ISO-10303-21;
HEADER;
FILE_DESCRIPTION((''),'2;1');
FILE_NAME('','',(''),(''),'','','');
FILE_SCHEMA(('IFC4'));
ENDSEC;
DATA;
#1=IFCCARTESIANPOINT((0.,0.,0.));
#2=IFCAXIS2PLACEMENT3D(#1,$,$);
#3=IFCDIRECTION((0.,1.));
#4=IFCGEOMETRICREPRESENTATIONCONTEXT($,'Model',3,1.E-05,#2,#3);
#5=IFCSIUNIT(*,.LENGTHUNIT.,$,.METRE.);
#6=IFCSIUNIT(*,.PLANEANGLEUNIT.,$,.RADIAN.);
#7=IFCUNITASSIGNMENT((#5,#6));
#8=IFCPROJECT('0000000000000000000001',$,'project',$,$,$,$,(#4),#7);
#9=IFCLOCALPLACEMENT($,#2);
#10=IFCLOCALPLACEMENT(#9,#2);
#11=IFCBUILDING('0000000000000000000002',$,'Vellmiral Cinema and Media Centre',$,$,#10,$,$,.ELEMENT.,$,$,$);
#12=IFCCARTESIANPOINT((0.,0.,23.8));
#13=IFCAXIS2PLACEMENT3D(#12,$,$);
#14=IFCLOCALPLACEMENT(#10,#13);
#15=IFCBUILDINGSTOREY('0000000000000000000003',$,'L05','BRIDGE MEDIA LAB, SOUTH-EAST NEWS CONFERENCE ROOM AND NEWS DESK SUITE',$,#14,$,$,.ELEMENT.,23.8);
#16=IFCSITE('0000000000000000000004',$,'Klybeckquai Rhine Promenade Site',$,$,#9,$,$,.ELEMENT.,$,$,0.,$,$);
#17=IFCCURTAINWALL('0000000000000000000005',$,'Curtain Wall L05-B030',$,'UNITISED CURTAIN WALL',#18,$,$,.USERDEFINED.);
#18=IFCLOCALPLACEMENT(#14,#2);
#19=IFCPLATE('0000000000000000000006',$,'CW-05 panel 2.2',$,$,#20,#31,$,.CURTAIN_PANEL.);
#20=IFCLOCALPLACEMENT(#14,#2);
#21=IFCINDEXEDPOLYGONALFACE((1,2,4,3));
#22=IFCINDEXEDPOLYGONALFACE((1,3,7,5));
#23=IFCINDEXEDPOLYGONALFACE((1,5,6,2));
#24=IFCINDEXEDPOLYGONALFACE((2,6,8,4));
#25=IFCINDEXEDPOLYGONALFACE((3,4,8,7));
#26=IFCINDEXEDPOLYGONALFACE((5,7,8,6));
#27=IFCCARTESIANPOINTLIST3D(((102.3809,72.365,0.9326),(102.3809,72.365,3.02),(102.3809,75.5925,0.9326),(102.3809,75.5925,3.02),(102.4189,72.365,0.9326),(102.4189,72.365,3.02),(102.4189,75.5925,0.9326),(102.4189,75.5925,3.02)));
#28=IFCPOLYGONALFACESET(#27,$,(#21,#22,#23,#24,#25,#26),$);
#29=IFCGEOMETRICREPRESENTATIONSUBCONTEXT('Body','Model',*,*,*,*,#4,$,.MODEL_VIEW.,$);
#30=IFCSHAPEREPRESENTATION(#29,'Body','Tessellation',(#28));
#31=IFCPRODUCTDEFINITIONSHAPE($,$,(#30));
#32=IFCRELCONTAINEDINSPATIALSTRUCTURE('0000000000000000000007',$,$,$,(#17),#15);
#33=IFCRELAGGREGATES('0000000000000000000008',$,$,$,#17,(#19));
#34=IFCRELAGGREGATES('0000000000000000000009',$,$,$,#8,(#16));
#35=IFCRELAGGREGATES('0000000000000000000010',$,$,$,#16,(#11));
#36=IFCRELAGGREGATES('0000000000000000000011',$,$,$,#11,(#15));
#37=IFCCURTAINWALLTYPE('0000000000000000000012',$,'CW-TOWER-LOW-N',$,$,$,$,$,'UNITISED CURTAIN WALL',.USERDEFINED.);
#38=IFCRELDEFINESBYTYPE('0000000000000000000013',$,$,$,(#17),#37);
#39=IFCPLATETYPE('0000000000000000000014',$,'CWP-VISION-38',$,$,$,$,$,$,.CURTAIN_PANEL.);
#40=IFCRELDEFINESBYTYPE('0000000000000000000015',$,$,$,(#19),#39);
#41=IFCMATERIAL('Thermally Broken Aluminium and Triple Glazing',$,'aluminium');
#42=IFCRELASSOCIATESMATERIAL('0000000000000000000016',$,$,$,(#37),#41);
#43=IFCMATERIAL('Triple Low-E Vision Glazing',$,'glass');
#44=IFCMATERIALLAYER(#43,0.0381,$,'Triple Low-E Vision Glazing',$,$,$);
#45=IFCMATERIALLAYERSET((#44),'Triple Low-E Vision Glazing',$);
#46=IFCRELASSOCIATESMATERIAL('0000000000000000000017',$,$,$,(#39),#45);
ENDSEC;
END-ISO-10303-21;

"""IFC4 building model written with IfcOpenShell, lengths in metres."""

from ifc_helpers import new_model, si_unit, direction, frame, origin, origin_2d, place, context, subcontext, project, spatial, rectangle, extrude, material, layer, layer_set, type_object, element, aggregate, save


model = new_model("IFC4")

# Units and contexts
model_context = context("Model", 3, precision=1e-05, world=origin(), true_north=direction((0.0, 1.0)))
body_context = subcontext(model_context, "Body", "Model", "MODEL_VIEW")
ifc_project = project(units=[si_unit("LENGTHUNIT", "METRE"), si_unit("PLANEANGLEUNIT", "RADIAN")], contexts=[model_context])

# Site, building, storey
site_placement = place(None, origin())
site = spatial("IfcSite", under=ifc_project, at=site_placement, Name="Klybeckquai Rhine Promenade Site", CompositionType="ELEMENT", RefElevation=0.0)
building_placement = place(site_placement, origin())
building = spatial("IfcBuilding", under=site, at=building_placement, Name="Vellmiral Cinema and Media Centre", CompositionType="ELEMENT")
storey_placement = place(building_placement, frame((0.0, 0.0, 23.8)))
storey = spatial("IfcBuildingStorey", under=building, at=storey_placement, Name="L05", Description="BRIDGE MEDIA LAB, SOUTH-EAST NEWS CONFERENCE ROOM AND NEWS DESK SUITE", CompositionType="ELEMENT", Elevation=23.8)

# Curtain wall
ifc_material_1 = material(Name="Thermally Broken Aluminium and Triple Glazing", Category="aluminium")
curtain_wall_type = type_object("IfcCurtainWallType", Name="CW-TOWER-LOW-N", ElementType="UNITISED CURTAIN WALL", PredefinedType="USERDEFINED", material=ifc_material_1)
curtain_wall_placement = place(storey_placement, origin())
curtain_wall = element("IfcCurtainWall", 1, at=curtain_wall_placement, inside=storey, type_object=curtain_wall_type, Name="Curtain Wall L05-B030", ObjectType="UNITISED CURTAIN WALL", PredefinedType="USERDEFINED")

# Plate
ifc_material_2 = material(Name="Triple Low-E Vision Glazing", Category="glass")
ifc_layer_1 = layer(ifc_material_2, 0.0381, Name="Triple Low-E Vision Glazing")
ifc_layer_set_1 = layer_set([ifc_layer_1], Name="Triple Low-E Vision Glazing")
plate_type_1 = type_object("IfcPlateType", Name="CWP-VISION-38", PredefinedType="CURTAIN_PANEL", material=ifc_layer_set_1)
plate_1_placement = place(storey_placement, frame((102.3999, 73.9788, 0.9326), z_axis=(0.0, 0.0, 1.0), x_axis=(0.0, -1.0, 0.0)))
plate_1 = element("IfcPlate", 2, at=plate_1_placement, type_object=plate_type_1, Name="CW-05 panel 2.2", PredefinedType="CURTAIN_PANEL", context=body_context, shape_type="SweptSolid", body=[
    extrude(rectangle(XDim=3.2275, YDim=0.0381, at=origin_2d()), origin(), (0.0, 0.0, 1.0), 2.0874),
])
aggregate(curtain_wall, [plate_1])

save(model, "model.ifc")
